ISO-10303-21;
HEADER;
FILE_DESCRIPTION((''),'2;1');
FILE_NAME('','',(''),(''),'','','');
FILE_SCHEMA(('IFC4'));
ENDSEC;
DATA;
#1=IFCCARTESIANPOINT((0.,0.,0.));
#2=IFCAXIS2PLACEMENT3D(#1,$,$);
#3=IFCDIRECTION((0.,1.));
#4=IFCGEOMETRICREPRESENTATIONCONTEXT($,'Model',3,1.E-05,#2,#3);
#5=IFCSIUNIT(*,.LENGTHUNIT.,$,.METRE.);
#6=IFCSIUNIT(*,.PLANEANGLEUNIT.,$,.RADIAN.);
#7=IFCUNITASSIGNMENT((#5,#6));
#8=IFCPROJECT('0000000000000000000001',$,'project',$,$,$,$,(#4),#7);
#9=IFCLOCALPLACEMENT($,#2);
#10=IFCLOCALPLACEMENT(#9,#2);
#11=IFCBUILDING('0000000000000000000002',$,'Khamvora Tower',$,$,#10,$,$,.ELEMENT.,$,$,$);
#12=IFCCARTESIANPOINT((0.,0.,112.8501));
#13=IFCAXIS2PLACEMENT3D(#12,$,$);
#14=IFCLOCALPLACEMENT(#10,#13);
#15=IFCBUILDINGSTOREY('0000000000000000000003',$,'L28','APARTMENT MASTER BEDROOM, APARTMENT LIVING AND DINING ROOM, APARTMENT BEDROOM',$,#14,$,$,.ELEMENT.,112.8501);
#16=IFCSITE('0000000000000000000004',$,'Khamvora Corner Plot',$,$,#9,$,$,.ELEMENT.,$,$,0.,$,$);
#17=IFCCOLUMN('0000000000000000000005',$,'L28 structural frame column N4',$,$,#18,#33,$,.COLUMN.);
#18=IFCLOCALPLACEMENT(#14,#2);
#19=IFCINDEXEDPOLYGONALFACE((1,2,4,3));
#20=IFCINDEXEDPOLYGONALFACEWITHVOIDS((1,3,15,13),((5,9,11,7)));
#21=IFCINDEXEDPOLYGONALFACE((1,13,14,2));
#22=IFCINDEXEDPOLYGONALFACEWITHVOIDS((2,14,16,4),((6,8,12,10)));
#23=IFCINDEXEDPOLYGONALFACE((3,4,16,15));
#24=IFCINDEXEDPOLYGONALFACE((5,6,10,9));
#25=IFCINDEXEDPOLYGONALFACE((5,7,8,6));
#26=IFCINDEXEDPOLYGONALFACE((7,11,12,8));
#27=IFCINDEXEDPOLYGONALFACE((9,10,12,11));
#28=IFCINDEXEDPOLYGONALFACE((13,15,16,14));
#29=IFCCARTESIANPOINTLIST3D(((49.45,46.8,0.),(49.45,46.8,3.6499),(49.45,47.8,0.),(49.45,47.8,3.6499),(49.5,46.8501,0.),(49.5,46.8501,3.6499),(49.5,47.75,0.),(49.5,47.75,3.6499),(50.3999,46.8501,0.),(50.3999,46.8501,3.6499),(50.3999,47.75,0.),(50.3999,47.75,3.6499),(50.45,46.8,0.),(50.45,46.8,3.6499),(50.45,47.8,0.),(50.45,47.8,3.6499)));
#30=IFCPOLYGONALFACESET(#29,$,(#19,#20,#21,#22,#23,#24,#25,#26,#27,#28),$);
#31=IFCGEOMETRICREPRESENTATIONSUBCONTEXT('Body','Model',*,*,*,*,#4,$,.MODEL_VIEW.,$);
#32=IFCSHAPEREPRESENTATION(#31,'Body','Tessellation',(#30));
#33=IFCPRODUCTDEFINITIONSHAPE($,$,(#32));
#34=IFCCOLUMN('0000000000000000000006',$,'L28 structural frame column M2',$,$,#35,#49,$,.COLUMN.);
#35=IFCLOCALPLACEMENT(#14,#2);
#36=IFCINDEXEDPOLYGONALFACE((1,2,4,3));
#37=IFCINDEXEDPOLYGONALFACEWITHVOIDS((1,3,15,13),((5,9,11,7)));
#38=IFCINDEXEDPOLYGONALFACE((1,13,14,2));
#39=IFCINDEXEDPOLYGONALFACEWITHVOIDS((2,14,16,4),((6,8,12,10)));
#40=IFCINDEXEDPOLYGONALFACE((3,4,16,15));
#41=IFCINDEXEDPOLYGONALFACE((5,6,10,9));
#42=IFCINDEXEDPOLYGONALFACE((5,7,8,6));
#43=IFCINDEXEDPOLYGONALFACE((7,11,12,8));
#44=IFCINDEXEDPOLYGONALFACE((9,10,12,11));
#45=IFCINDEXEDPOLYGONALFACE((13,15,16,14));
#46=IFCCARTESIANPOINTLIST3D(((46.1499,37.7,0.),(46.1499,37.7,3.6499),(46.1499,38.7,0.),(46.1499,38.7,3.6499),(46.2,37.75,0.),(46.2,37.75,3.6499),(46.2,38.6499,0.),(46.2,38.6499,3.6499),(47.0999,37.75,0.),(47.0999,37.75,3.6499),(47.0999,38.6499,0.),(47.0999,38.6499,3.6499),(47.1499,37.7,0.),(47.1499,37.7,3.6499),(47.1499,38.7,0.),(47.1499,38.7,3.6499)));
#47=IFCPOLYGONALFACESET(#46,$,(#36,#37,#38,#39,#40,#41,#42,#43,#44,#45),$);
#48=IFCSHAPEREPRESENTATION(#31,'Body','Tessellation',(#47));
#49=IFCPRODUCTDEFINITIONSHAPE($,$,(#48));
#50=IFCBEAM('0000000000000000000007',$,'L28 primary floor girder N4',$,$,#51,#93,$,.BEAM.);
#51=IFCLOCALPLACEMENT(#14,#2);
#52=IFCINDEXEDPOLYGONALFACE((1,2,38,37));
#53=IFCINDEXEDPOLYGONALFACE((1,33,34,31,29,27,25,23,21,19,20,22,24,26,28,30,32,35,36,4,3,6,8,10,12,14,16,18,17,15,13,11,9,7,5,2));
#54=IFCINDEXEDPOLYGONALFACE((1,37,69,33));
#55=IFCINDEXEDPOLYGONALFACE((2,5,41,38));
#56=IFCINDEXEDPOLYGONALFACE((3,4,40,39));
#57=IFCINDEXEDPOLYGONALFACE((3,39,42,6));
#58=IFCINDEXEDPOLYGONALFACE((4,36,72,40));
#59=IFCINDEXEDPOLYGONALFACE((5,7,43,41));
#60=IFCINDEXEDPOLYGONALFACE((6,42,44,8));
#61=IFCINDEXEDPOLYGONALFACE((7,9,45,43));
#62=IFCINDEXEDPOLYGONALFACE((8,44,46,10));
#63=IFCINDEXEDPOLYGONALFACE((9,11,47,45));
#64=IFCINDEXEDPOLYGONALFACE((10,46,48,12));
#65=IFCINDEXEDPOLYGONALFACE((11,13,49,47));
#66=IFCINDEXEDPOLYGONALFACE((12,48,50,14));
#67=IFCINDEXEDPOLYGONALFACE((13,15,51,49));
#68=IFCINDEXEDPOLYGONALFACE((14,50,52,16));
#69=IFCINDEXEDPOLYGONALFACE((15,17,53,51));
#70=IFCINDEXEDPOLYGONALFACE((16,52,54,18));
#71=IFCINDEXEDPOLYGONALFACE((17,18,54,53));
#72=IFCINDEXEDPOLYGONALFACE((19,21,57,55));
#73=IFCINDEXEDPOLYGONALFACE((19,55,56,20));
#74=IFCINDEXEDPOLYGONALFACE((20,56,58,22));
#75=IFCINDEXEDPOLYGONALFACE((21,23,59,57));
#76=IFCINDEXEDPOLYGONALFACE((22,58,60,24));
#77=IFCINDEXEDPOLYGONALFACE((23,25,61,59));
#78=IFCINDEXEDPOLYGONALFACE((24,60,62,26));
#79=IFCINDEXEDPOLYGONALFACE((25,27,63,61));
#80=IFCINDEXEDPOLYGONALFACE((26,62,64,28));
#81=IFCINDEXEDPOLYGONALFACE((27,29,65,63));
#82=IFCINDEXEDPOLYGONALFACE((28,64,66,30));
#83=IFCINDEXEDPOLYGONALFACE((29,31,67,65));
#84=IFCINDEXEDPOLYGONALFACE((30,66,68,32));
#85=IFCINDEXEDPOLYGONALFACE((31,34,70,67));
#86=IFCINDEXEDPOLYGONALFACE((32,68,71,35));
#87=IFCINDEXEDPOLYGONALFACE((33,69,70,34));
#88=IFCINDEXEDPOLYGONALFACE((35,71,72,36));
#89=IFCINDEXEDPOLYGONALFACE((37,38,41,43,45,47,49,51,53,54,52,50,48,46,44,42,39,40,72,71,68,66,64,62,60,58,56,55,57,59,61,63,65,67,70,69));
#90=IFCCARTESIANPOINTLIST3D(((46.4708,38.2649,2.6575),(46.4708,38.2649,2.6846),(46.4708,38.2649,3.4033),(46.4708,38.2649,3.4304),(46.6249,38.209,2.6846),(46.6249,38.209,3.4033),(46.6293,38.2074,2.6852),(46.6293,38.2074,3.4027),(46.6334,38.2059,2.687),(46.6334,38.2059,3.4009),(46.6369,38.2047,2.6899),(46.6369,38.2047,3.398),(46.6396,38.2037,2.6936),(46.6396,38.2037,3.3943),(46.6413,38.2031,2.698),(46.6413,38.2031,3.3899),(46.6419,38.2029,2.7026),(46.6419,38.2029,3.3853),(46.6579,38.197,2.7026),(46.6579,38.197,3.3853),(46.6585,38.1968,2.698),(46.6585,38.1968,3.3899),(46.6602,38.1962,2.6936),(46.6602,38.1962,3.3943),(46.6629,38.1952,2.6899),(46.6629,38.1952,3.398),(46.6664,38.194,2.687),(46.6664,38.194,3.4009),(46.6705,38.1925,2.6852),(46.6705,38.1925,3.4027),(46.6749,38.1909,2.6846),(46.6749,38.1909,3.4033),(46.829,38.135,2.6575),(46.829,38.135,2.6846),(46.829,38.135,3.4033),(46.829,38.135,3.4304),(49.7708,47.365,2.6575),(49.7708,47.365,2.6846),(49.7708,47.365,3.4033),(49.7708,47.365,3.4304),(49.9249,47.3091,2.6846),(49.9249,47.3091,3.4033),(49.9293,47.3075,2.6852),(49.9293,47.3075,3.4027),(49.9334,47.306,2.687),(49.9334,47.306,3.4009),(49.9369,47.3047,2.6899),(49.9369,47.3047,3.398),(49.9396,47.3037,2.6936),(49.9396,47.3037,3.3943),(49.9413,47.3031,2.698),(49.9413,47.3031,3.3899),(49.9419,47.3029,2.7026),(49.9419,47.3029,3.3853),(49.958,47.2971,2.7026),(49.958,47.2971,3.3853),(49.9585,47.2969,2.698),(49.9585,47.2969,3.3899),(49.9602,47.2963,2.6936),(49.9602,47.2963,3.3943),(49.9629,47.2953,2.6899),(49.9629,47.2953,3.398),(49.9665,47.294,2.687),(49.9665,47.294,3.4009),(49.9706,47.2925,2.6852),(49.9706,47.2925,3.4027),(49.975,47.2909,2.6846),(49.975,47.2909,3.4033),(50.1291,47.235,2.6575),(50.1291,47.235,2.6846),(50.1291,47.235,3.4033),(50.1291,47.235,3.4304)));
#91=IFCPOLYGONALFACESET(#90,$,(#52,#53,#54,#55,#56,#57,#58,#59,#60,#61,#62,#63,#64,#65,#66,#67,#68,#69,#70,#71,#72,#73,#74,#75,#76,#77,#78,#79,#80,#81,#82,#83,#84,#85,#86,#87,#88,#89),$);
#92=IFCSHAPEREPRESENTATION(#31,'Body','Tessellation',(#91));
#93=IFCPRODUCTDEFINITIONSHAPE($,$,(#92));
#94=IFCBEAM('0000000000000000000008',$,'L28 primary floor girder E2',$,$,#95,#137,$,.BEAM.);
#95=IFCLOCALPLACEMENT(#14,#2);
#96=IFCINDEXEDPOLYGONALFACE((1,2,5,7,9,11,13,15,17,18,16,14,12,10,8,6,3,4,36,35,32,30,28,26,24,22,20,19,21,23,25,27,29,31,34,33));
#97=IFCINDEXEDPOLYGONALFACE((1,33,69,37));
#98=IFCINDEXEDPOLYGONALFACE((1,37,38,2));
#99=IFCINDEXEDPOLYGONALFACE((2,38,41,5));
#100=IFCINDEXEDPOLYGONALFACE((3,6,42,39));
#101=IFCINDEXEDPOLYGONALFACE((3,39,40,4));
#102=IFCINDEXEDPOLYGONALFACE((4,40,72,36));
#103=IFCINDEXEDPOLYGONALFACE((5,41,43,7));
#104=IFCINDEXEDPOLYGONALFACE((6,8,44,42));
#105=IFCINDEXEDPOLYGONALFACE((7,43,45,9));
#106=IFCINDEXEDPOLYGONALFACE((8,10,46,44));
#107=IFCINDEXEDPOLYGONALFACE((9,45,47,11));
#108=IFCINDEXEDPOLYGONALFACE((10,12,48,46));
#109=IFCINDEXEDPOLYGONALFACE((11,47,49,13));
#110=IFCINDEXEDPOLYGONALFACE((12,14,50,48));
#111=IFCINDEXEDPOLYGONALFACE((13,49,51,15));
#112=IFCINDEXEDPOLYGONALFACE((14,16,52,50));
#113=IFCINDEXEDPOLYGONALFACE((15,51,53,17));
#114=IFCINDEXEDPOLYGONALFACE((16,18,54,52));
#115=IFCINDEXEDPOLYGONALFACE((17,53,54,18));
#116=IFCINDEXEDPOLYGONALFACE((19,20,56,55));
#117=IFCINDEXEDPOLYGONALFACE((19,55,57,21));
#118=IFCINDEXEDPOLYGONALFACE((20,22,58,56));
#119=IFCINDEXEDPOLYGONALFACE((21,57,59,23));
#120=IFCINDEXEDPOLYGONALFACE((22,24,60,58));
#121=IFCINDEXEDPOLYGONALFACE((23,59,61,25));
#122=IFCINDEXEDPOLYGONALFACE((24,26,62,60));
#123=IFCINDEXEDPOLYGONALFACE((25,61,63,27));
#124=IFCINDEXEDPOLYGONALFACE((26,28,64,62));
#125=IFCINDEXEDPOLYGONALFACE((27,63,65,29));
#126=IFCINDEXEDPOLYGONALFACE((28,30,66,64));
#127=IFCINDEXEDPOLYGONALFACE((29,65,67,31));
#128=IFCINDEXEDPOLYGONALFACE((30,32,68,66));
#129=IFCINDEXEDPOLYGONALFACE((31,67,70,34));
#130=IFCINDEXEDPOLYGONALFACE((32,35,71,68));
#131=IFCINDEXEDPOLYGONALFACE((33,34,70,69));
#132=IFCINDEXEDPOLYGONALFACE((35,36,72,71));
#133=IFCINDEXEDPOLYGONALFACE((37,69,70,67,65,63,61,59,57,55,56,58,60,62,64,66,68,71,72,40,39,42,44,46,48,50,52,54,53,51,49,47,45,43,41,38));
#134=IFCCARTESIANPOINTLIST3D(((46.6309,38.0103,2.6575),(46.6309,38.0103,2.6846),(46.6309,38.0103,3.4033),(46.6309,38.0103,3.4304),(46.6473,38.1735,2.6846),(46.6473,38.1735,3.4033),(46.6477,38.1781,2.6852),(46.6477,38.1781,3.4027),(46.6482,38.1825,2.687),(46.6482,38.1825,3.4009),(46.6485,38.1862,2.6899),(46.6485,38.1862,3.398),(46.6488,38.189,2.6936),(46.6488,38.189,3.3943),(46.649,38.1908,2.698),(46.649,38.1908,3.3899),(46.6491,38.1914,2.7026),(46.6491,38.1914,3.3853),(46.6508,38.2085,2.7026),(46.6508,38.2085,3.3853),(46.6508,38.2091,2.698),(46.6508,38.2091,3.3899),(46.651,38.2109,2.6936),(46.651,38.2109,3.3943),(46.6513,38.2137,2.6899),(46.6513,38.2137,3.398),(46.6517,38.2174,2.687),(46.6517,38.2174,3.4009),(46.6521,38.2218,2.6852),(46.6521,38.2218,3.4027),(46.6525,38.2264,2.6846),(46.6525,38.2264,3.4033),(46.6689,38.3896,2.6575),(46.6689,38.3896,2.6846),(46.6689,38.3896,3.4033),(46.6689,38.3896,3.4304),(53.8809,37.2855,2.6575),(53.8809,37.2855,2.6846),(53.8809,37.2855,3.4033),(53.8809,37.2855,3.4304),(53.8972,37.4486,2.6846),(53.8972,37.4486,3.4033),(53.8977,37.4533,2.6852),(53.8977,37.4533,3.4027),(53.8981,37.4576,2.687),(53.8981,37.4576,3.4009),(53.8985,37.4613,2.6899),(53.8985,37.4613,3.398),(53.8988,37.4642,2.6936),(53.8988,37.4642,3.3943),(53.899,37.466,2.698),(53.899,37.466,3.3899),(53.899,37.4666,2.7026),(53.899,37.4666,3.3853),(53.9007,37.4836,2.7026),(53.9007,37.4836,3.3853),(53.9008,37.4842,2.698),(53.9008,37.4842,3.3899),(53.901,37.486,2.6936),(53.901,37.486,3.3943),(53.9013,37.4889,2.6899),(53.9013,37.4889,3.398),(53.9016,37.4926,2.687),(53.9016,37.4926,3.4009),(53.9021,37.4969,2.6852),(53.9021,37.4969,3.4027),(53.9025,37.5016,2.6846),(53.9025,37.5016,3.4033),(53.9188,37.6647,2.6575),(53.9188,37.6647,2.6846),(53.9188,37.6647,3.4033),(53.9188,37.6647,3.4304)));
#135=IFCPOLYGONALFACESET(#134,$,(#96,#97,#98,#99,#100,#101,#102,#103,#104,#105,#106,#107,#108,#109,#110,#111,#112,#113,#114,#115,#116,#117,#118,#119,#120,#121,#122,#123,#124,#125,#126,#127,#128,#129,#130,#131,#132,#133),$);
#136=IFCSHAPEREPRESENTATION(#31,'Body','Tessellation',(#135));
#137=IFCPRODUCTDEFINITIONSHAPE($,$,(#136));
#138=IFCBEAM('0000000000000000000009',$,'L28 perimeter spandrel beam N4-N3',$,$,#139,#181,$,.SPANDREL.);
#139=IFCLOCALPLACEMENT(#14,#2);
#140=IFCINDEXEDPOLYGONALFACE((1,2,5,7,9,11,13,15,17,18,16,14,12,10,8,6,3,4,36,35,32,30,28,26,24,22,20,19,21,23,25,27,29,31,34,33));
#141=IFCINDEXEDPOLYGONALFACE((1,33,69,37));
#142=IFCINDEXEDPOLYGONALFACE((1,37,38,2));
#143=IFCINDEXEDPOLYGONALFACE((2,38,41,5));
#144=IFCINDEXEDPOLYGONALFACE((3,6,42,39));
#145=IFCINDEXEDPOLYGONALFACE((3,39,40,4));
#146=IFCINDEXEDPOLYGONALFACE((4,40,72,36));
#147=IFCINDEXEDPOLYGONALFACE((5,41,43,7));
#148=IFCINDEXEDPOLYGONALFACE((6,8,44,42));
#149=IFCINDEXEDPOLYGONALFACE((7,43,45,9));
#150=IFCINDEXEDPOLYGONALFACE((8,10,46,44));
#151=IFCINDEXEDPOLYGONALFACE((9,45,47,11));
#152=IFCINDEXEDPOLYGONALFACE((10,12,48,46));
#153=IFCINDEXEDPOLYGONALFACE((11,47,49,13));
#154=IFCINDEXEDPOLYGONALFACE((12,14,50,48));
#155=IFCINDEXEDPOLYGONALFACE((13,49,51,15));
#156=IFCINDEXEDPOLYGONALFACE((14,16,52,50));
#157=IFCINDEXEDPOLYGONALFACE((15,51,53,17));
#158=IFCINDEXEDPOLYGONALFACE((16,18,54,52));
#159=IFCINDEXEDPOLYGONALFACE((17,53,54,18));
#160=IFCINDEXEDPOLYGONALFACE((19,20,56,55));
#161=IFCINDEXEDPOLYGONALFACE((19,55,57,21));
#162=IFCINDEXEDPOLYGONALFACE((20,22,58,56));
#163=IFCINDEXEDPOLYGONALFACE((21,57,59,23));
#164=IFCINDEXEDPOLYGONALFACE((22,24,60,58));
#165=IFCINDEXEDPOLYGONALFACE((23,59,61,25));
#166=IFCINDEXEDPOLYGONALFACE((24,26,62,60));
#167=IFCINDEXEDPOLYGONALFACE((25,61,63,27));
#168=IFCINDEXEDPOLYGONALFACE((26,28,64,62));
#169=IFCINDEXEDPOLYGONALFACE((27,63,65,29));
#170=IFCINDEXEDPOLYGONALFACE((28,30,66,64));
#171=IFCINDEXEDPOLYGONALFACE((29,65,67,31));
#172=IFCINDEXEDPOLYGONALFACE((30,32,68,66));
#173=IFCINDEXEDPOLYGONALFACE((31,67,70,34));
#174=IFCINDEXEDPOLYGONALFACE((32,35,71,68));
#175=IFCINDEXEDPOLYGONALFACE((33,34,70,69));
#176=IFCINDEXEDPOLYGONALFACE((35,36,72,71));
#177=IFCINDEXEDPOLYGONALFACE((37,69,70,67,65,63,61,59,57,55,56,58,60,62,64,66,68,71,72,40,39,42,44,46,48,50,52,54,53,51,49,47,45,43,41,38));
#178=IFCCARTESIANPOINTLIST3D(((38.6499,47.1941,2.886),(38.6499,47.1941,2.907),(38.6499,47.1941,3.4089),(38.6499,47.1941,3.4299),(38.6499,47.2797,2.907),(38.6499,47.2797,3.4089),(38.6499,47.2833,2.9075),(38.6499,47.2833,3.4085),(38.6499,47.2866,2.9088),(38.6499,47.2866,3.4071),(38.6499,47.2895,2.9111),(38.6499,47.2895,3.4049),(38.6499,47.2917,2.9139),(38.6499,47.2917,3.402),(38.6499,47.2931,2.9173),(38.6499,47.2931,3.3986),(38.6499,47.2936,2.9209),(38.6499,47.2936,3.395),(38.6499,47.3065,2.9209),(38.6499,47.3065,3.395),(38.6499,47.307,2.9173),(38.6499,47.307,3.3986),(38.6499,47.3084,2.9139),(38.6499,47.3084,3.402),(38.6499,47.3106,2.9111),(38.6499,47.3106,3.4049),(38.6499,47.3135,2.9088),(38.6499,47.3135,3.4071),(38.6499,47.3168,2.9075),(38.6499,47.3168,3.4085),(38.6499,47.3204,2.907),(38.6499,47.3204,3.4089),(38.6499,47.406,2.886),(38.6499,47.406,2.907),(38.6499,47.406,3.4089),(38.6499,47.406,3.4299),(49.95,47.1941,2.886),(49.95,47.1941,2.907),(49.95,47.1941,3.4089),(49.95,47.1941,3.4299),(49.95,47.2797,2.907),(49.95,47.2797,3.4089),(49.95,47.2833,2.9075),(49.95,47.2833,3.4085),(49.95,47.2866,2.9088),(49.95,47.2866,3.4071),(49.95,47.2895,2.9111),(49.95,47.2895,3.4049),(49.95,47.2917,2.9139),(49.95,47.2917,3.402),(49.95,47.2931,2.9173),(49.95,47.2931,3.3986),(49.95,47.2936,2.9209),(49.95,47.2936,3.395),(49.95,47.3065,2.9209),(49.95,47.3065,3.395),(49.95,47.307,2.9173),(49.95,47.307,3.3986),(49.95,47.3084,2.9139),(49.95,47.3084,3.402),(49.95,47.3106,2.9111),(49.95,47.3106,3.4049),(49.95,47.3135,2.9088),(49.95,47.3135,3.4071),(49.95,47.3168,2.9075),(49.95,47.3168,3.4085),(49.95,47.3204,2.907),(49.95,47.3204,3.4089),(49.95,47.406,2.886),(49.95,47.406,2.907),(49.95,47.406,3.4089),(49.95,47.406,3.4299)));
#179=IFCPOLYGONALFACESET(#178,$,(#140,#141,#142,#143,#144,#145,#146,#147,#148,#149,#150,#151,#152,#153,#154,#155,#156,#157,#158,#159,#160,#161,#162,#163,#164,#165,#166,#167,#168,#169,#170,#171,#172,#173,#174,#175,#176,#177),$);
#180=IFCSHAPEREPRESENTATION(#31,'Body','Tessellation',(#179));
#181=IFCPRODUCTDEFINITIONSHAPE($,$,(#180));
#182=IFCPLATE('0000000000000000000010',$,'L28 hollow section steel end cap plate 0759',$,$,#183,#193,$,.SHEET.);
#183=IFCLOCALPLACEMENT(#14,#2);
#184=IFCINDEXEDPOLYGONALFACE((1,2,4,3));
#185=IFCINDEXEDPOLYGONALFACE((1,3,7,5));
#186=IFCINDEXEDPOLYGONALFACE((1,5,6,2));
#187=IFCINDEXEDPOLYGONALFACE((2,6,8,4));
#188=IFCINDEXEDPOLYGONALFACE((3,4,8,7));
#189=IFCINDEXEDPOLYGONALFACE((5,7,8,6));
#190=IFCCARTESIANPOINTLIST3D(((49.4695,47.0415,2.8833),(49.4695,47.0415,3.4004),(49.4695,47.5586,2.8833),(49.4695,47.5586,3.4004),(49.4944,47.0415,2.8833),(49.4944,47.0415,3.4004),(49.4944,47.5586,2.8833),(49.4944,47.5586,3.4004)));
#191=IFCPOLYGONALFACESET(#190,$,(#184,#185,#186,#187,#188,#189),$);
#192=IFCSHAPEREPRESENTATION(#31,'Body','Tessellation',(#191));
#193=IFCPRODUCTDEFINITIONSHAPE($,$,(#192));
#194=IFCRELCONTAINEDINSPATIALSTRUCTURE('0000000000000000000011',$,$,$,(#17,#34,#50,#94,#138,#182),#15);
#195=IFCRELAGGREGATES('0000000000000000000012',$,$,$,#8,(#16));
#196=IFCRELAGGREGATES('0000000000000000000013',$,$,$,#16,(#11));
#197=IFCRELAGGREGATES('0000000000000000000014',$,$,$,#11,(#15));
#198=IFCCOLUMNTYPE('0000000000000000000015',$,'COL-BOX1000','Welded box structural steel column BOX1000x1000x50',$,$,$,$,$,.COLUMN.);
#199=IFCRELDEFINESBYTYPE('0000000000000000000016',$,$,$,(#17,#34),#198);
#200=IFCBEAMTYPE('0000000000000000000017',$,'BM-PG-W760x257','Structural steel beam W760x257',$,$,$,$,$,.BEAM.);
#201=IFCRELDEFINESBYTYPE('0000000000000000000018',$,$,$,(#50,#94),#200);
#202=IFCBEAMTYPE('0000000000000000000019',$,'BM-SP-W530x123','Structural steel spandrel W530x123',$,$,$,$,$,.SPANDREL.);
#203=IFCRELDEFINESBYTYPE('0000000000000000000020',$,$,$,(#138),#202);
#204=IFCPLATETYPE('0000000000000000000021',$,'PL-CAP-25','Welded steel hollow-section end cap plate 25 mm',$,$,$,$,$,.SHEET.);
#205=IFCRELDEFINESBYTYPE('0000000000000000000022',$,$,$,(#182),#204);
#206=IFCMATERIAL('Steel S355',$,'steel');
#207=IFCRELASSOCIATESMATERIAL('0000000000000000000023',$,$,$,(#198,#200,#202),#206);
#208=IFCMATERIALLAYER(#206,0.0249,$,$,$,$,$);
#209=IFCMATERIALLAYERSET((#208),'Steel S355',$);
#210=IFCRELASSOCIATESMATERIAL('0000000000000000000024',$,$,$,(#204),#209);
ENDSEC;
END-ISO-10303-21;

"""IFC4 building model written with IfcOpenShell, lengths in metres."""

from ifc_helpers import new_model, si_unit, direction, frame, origin, origin_2d, place, context, subcontext, project, spatial, rectangle, hollow_rectangle, i_section, extrude, material, layer, layer_set, material_profile, profile_set, type_object, element, save


model = new_model("IFC4")

# Units and contexts
model_context = context("Model", 3, precision=1e-05, world=origin(), true_north=direction((0.0, 1.0)))
body_context = subcontext(model_context, "Body", "Model", "MODEL_VIEW")
ifc_project = project(units=[si_unit("LENGTHUNIT", "METRE"), si_unit("PLANEANGLEUNIT", "RADIAN")], contexts=[model_context])

# Site, building, storey
site_placement = place(None, origin())
site = spatial("IfcSite", under=ifc_project, at=site_placement, Name="Khamvora Corner Plot", CompositionType="ELEMENT", RefElevation=0.0)
building_placement = place(site_placement, origin())
building = spatial("IfcBuilding", under=site, at=building_placement, Name="Khamvora Tower", CompositionType="ELEMENT")
storey_placement = place(building_placement, frame((0.0, 0.0, 112.8501)))
storey = spatial("IfcBuildingStorey", under=building, at=storey_placement, Name="L28", Description="APARTMENT MASTER BEDROOM, APARTMENT LIVING AND DINING ROOM, APARTMENT BEDROOM", CompositionType="ELEMENT", Elevation=112.8501)

# Columns
ifc_material_1 = material(Name="Steel S355", Category="steel")
ifc_material_profile_1 = material_profile(ifc_material_1, hollow_rectangle(XDim=1.0, YDim=1.0, WallThickness=0.05, at=origin_2d()), Name="BOX1000x1000x50")
ifc_profile_set_1 = profile_set([ifc_material_profile_1], Name="Steel S355")
column_type = type_object("IfcColumnType", Name="COL-BOX1000", Description="Welded box structural steel column BOX1000x1000x50", PredefinedType="COLUMN", material=ifc_profile_set_1)
for number, where, z_axis, x_axis, name in (
    (1, (49.95, 47.3, 0.0), (0.0, 0.0, 1.0), (1.0, 0.0, 0.0), "L28 structural frame column N4"),
    (2, (46.6499, 38.2, 0.0), (0.0, 0.0, 1.0), (1.0, 0.0, 0.0), "L28 structural frame column M2"),
):
    element("IfcColumn", number, at=place(storey_placement, frame(where, z_axis=z_axis, x_axis=x_axis)), inside=storey, type_object=column_type, Name=name, PredefinedType="COLUMN", context=body_context, shape_type="SweptSolid", body=[
        extrude(hollow_rectangle(XDim=1.0, YDim=1.0, WallThickness=0.05, at=origin_2d()), origin(), (0.0, 0.0, 1.0), 3.6499),
    ])

# Beams
ifc_material_profile_2 = material_profile(ifc_material_1, i_section(OverallWidth=0.3811, OverallDepth=0.7729, WebThickness=0.0171, FlangeThickness=0.0271, FilletRadius=0.0181, at=origin_2d()), Name="W760x257")
ifc_profile_set_2 = profile_set([ifc_material_profile_2], Name="Steel S355")
beam_type_1 = type_object("IfcBeamType", Name="BM-PG-W760x257", Description="Structural steel beam W760x257", PredefinedType="BEAM", material=ifc_profile_set_2)
beam_1_placement = place(storey_placement, frame((46.6499, 38.2, 3.0439), z_axis=(0.340915, 0.940094, 0.0), x_axis=(-0.940094, 0.340915, 0.0)))
element("IfcBeam", 3, at=beam_1_placement, inside=storey, type_object=beam_type_1, Name="L28 primary floor girder N4", PredefinedType="BEAM", context=body_context, shape_type="SweptSolid", body=[
    extrude(i_section(OverallWidth=0.3811, OverallDepth=0.7729, WebThickness=0.0171, FlangeThickness=0.0271, FilletRadius=0.0181, at=origin_2d()), origin(), (0.0, 0.0, 1.0), 9.6799),
])
beam_2_placement = place(storey_placement, frame((46.6499, 38.2, 3.0439), z_axis=(0.995039, -0.099484, 0.0), x_axis=(0.099484, 0.995039, 0.0)))
element("IfcBeam", 4, at=beam_2_placement, inside=storey, type_object=beam_type_1, Name="L28 primary floor girder E2", PredefinedType="BEAM", context=body_context, shape_type="SweptSolid", body=[
    extrude(i_section(OverallWidth=0.3811, OverallDepth=0.7729, WebThickness=0.0171, FlangeThickness=0.0271, FilletRadius=0.0181, at=origin_2d()), origin(), (0.0, 0.0, 1.0), 7.2861),
])
ifc_material_profile_3 = material_profile(ifc_material_1, i_section(OverallWidth=0.2119, OverallDepth=0.5439, WebThickness=0.0129, FlangeThickness=0.021, FilletRadius=0.0139, at=origin_2d()), Name="W530x123")
ifc_profile_set_3 = profile_set([ifc_material_profile_3], Name="Steel S355")
beam_type_2 = type_object("IfcBeamType", Name="BM-SP-W530x123", Description="Structural steel spandrel W530x123", PredefinedType="SPANDREL", material=ifc_profile_set_3)
beam_3_placement = place(storey_placement, frame((49.95, 47.3, 3.158), z_axis=(-1.0, 0.0, 0.0), x_axis=(0.0, -1.0, 0.0)))
element("IfcBeam", 5, at=beam_3_placement, inside=storey, type_object=beam_type_2, Name="L28 perimeter spandrel beam N4-N3", PredefinedType="SPANDREL", context=body_context, shape_type="SweptSolid", body=[
    extrude(i_section(OverallWidth=0.2119, OverallDepth=0.5439, WebThickness=0.0129, FlangeThickness=0.021, FilletRadius=0.0139, at=origin_2d()), origin(), (0.0, 0.0, 1.0), 11.3),
])

# Plate
ifc_layer_1 = layer(ifc_material_1, 0.0249)
ifc_layer_set_1 = layer_set([ifc_layer_1], Name="Steel S355")
plate_type_1 = type_object("IfcPlateType", Name="PL-CAP-25", Description="Welded steel hollow-section end cap plate 25 mm", PredefinedType="SHEET", material=ifc_layer_set_1)
plate_1_placement = place(storey_placement, frame((49.4819, 47.3, 2.8833), z_axis=(0.0, 0.0, 1.0), x_axis=(1.0, 0.0, 0.0)))
element("IfcPlate", 6, at=plate_1_placement, inside=storey, type_object=plate_type_1, Name="L28 hollow section steel end cap plate 0759", PredefinedType="SHEET", context=body_context, shape_type="SweptSolid", body=[
    extrude(rectangle(XDim=0.0249, YDim=0.5171, at=origin_2d()), origin(), (0.0, 0.0, 1.0), 0.5171),
])

save(model, "model.ifc")
